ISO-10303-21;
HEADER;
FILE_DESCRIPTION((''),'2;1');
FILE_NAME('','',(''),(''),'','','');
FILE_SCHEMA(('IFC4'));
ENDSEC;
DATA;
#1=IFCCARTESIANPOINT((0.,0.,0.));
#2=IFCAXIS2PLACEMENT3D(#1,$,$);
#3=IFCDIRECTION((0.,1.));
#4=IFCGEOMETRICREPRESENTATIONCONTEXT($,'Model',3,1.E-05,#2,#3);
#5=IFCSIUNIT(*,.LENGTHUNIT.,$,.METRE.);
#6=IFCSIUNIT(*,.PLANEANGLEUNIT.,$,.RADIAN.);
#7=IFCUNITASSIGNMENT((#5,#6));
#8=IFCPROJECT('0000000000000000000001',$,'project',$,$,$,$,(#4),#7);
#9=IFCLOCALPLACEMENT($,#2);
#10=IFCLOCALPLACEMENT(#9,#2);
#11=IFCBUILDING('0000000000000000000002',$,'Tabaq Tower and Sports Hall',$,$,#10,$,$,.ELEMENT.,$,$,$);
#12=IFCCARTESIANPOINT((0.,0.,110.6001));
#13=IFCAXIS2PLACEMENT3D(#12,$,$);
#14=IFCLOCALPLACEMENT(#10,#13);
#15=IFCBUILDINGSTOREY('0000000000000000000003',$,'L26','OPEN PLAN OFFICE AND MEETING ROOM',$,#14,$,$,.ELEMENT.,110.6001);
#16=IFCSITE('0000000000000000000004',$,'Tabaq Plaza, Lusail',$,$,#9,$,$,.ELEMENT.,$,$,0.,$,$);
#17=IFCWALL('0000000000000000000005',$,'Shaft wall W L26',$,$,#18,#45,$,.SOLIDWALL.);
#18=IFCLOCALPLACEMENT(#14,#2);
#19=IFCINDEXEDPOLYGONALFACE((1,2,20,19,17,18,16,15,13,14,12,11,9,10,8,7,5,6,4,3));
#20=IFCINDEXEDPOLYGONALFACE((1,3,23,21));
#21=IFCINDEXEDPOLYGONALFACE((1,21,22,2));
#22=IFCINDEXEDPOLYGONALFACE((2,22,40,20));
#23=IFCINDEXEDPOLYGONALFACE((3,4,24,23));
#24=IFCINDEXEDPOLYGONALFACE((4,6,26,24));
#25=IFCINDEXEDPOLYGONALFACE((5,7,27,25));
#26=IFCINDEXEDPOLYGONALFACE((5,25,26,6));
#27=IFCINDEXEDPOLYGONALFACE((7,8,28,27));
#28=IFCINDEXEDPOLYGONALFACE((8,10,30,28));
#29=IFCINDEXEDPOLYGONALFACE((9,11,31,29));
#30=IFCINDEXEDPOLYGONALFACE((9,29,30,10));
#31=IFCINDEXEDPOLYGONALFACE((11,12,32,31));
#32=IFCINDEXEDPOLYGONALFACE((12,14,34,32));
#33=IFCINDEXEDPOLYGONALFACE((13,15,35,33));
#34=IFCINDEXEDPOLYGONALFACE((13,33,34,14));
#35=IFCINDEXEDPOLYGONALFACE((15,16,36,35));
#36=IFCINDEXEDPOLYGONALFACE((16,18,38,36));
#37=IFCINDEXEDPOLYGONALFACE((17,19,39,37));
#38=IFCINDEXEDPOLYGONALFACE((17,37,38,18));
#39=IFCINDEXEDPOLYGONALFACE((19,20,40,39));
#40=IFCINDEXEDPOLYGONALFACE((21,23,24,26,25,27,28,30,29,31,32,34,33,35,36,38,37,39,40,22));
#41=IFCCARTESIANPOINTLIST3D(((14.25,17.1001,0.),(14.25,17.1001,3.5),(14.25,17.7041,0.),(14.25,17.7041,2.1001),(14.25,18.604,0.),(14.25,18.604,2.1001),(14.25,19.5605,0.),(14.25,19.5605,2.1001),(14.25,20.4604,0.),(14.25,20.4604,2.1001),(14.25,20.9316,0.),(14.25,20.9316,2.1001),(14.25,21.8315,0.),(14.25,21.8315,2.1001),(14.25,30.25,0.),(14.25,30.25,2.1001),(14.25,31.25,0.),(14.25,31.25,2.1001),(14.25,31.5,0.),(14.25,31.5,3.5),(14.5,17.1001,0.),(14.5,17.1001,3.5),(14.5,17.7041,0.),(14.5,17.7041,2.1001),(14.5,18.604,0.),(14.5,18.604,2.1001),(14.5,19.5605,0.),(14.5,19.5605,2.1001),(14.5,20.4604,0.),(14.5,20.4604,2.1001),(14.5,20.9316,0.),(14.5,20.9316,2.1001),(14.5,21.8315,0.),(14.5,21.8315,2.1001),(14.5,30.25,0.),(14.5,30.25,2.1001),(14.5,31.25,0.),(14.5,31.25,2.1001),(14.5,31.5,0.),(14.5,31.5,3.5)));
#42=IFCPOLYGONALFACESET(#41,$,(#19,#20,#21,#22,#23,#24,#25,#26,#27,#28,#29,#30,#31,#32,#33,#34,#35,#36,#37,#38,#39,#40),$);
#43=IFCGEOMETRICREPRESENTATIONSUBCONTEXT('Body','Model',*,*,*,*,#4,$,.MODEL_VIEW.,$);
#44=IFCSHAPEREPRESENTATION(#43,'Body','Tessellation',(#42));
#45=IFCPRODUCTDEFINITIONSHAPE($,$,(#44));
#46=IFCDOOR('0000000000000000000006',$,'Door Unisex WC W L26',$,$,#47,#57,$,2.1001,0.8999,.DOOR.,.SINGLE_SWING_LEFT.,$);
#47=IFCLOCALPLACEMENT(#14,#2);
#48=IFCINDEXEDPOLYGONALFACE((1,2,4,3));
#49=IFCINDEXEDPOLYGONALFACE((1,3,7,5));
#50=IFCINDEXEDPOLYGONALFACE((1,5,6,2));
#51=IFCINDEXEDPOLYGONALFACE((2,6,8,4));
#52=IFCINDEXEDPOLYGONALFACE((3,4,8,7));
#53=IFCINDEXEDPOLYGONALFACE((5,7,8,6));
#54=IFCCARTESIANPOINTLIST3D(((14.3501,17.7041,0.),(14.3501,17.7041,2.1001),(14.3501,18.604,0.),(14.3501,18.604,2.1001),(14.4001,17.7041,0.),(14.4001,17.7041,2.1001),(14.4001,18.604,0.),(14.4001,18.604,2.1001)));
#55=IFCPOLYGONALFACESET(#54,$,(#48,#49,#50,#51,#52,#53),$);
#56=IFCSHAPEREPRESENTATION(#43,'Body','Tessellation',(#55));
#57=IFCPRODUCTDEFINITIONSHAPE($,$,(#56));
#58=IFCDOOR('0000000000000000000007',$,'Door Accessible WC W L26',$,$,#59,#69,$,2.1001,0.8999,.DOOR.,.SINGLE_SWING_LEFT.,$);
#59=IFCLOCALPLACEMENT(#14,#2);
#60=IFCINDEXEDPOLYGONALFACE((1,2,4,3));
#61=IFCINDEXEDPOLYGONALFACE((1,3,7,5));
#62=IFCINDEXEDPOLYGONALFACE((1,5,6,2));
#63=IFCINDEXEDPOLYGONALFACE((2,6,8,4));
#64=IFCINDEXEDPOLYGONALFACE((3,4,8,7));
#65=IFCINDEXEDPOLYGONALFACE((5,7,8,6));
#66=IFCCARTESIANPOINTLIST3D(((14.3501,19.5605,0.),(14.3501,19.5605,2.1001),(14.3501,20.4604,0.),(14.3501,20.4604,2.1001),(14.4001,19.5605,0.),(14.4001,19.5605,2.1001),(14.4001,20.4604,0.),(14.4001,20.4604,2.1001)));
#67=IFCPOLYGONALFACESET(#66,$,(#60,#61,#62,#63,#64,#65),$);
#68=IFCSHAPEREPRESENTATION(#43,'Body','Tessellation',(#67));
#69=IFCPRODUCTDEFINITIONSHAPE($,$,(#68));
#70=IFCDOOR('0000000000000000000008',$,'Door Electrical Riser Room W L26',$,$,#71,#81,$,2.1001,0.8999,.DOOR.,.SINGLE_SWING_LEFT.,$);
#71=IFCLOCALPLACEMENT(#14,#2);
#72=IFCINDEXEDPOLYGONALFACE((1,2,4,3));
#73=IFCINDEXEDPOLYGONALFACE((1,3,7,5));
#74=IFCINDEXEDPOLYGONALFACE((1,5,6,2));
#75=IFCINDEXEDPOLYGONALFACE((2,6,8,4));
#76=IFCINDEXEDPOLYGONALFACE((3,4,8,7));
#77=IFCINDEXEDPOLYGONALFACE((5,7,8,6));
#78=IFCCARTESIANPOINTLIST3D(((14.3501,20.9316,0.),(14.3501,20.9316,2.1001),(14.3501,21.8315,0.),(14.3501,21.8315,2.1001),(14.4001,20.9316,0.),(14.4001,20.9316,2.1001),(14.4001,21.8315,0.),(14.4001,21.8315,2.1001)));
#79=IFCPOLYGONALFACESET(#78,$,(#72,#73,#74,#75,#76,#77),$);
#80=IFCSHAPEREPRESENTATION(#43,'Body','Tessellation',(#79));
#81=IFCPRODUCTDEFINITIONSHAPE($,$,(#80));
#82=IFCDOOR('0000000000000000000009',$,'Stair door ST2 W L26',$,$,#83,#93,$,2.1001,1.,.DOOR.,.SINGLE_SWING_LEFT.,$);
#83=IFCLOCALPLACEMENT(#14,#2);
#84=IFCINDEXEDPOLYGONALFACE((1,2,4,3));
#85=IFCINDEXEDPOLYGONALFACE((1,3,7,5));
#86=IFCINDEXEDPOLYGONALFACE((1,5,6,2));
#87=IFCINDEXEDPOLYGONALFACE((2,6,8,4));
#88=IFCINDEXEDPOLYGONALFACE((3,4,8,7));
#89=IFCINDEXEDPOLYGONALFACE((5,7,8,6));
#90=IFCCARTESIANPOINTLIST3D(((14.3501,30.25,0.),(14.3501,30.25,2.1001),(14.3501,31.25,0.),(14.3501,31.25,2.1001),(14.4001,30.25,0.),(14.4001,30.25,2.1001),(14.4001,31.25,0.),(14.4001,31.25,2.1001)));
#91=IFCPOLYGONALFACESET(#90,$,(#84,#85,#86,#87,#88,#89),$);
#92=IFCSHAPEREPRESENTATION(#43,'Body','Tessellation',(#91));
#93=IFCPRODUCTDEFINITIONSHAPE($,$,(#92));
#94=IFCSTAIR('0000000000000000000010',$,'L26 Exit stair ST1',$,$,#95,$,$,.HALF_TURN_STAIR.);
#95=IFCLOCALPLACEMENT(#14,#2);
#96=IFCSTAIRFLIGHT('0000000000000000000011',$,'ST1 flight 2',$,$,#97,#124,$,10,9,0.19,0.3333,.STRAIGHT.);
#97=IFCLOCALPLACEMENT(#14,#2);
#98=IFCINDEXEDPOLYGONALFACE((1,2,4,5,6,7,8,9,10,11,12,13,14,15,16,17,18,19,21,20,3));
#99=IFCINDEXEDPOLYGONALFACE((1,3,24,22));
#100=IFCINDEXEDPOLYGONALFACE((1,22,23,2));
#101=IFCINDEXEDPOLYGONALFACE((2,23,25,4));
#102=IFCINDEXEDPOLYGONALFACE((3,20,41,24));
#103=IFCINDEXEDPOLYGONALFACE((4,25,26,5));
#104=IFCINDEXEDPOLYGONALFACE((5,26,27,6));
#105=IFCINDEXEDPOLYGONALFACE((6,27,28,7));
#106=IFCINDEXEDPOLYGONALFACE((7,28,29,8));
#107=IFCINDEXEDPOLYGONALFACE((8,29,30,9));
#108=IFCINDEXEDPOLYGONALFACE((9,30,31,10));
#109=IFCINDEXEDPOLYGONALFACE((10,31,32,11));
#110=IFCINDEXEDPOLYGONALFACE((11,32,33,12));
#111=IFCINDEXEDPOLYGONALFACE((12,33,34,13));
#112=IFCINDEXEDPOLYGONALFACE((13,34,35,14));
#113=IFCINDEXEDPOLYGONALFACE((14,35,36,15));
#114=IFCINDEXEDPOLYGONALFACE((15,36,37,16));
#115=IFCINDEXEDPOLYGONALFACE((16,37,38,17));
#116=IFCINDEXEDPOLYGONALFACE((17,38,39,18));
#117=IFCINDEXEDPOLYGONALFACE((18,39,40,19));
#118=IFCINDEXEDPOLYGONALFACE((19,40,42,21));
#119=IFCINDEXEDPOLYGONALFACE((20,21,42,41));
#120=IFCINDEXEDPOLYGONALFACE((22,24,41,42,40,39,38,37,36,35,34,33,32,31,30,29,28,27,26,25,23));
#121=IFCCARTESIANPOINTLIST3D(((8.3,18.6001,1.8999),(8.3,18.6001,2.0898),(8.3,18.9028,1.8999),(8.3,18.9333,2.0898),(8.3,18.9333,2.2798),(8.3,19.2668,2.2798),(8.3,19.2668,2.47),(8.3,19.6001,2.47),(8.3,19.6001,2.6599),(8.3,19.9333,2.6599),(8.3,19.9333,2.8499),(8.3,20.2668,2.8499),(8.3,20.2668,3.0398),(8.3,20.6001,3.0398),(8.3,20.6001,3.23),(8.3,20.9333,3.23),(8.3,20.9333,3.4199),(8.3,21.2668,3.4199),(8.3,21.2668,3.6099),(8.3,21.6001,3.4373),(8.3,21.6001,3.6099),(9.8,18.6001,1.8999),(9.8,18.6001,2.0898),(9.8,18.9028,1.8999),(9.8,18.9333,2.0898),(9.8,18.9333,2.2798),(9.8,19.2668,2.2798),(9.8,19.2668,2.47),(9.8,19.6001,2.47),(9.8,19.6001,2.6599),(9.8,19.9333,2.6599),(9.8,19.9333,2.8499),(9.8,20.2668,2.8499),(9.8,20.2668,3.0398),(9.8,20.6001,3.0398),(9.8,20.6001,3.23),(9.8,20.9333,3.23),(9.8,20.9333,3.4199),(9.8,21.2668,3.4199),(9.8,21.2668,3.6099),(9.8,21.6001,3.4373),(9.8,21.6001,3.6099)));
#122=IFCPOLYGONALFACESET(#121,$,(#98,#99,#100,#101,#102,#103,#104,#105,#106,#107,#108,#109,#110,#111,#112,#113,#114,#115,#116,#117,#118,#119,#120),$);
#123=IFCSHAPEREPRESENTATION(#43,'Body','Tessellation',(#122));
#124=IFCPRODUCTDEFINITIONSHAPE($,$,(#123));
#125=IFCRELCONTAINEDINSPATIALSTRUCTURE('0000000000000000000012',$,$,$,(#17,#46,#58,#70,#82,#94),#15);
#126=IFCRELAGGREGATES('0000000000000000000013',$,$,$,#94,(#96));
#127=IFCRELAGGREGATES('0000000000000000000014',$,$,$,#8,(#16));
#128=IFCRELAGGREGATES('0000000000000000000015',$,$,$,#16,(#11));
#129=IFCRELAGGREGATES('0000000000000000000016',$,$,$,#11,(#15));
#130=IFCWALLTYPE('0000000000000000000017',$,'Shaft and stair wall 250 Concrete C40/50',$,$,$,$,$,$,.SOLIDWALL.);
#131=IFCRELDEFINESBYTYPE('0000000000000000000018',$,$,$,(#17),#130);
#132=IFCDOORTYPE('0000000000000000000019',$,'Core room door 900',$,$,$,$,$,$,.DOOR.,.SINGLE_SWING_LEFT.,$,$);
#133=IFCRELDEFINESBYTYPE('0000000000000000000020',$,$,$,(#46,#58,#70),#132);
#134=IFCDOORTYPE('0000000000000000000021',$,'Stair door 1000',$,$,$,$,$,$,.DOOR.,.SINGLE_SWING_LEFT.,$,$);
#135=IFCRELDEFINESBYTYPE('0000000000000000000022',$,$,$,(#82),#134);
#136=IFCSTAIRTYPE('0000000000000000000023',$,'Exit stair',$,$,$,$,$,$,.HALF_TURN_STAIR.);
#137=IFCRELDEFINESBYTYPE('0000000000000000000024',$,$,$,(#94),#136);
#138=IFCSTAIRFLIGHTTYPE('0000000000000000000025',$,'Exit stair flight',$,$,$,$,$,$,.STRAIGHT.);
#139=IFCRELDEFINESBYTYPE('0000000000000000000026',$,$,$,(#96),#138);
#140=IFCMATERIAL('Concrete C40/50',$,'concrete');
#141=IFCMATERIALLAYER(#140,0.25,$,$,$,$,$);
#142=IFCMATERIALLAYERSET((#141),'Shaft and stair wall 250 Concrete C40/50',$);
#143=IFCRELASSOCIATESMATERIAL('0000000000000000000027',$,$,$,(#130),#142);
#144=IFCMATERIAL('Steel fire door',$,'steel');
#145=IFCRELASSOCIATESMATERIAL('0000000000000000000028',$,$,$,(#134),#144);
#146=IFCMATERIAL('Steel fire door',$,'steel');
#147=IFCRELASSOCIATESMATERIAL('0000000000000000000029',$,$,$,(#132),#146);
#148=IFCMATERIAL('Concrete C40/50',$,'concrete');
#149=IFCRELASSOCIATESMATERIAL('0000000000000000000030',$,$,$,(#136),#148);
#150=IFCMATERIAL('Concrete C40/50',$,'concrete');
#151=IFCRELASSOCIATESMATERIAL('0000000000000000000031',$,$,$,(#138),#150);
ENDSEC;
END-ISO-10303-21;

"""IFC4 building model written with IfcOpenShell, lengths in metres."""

from ifc_helpers import new_model, si_unit, direction, frame, frame_2d, origin, place, context, subcontext, project, spatial, polyline, rectangle, outline, extrude, material, layer, layer_set, type_object, element, fill, aggregate, save


model = new_model("IFC4")

# Units and contexts
model_context = context("Model", 3, precision=1e-05, world=origin(), true_north=direction((0.0, 1.0)))
body_context = subcontext(model_context, "Body", "Model", "MODEL_VIEW")
ifc_project = project(units=[si_unit("LENGTHUNIT", "METRE"), si_unit("PLANEANGLEUNIT", "RADIAN")], contexts=[model_context])

# Site, building, storey
site_placement = place(None, origin())
site = spatial("IfcSite", under=ifc_project, at=site_placement, Name="Tabaq Plaza, Lusail", CompositionType="ELEMENT", RefElevation=0.0)
building_placement = place(site_placement, origin())
building = spatial("IfcBuilding", under=site, at=building_placement, Name="Tabaq Tower and Sports Hall", CompositionType="ELEMENT")
storey_placement = place(building_placement, frame((0.0, 0.0, 110.6001)))
storey = spatial("IfcBuildingStorey", under=building, at=storey_placement, Name="L26", Description="OPEN PLAN OFFICE AND MEETING ROOM", CompositionType="ELEMENT", Elevation=110.6001)

# Wall, openings, doors
ifc_material_1 = material(Name="Concrete C40/50", Category="concrete")
ifc_layer_1 = layer(ifc_material_1, 0.25)
ifc_layer_set_1 = layer_set([ifc_layer_1], Name="Shaft and stair wall 250 Concrete C40/50")
wall_type_1 = type_object("IfcWallType", Name="Shaft and stair wall 250 Concrete C40/50", PredefinedType="SOLIDWALL", material=ifc_layer_set_1)
ifc_material_2 = material(Name="Steel fire door", Category="steel")
door_type_1 = type_object("IfcDoorType", Name="Stair door 1000", OperationType="SINGLE_SWING_LEFT", PredefinedType="DOOR", material=ifc_material_2)
wall_1_placement = place(storey_placement, frame((14.375, 17.1001, 0.0), z_axis=(0.0, 0.0, 1.0), x_axis=(0.0, 1.0, 0.0)))
wall_1 = element("IfcWall", 1, at=wall_1_placement, inside=storey, type_object=wall_type_1, Name="Shaft wall W L26", PredefinedType="SOLIDWALL", context=body_context, shape_type="SweptSolid", body=[
    extrude(rectangle(XDim=14.3999, YDim=0.25, at=frame_2d((7.2, 0.0))), origin(), (0.0, 0.0, 1.0), 3.5),
])
opening_1_placement = place(wall_1_placement, frame((13.1499, 0.0, 0.0)))
opening_1 = element("IfcOpeningElement", 2, at=opening_1_placement, cuts=wall_1, PredefinedType="OPENING", context=body_context, shape_type="SweptSolid", body=[
    extrude(rectangle(XDim=1.0, YDim=2.1001, at=frame_2d((0.5, 1.05))), frame((0.0, 0.125, 0.0), z_axis=(0.0, -1.0, 0.0), x_axis=(1.0, 0.0, 0.0)), (0.0, 0.0, 1.0), 0.25),
])
opening_2_placement = place(wall_1_placement, frame((0.604, 0.0, 0.0)))
opening_2 = element("IfcOpeningElement", 3, at=opening_2_placement, cuts=wall_1, PredefinedType="OPENING", context=body_context, shape_type="SweptSolid", body=[
    extrude(rectangle(XDim=0.8999, YDim=2.1001, at=frame_2d((0.45, 1.05))), frame((0.0, 0.125, 0.0), z_axis=(0.0, -1.0, 0.0), x_axis=(1.0, 0.0, 0.0)), (0.0, 0.0, 1.0), 0.25),
])
opening_3_placement = place(wall_1_placement, frame((2.4604, 0.0, 0.0)))
opening_3 = element("IfcOpeningElement", 4, at=opening_3_placement, cuts=wall_1, PredefinedType="OPENING", context=body_context, shape_type="SweptSolid", body=[
    extrude(rectangle(XDim=0.8999, YDim=2.1001, at=frame_2d((0.45, 1.05))), frame((0.0, 0.125, 0.0), z_axis=(0.0, -1.0, 0.0), x_axis=(1.0, 0.0, 0.0)), (0.0, 0.0, 1.0), 0.25),
])
opening_4_placement = place(wall_1_placement, frame((3.8315, 0.0, 0.0)))
opening_4 = element("IfcOpeningElement", 5, at=opening_4_placement, cuts=wall_1, PredefinedType="OPENING", context=body_context, shape_type="SweptSolid", body=[
    extrude(rectangle(XDim=0.8999, YDim=2.1001, at=frame_2d((0.45, 1.05))), frame((0.0, 0.125, 0.0), z_axis=(0.0, -1.0, 0.0), x_axis=(1.0, 0.0, 0.0)), (0.0, 0.0, 1.0), 0.25),
])
ifc_material_3 = material(Name="Steel fire door", Category="steel")
door_type_2 = type_object("IfcDoorType", Name="Core room door 900", OperationType="SINGLE_SWING_LEFT", PredefinedType="DOOR", material=ifc_material_3)
door_1_placement = place(opening_2_placement, origin())
door_1 = element("IfcDoor", 6, at=door_1_placement, inside=storey, type_object=door_type_2, Name="Door Unisex WC W L26", OperationType="SINGLE_SWING_LEFT", OverallHeight=2.1001, OverallWidth=0.8999, PredefinedType="DOOR", context=body_context, shape_type="SweptSolid", body=[
    extrude(rectangle(XDim=0.8999, YDim=2.1001, at=frame_2d((0.45, 1.05))), frame((0.0, 0.0249, 0.0), z_axis=(0.0, -1.0, 0.0), x_axis=(1.0, 0.0, 0.0)), (0.0, 0.0, 1.0), 0.05),
])
fill(opening_2, door_1)
door_2_placement = place(opening_3_placement, origin())
door_2 = element("IfcDoor", 7, at=door_2_placement, inside=storey, type_object=door_type_2, Name="Door Accessible WC W L26", OperationType="SINGLE_SWING_LEFT", OverallHeight=2.1001, OverallWidth=0.8999, PredefinedType="DOOR", context=body_context, shape_type="SweptSolid", body=[
    extrude(rectangle(XDim=0.8999, YDim=2.1001, at=frame_2d((0.45, 1.05))), frame((0.0, 0.0249, 0.0), z_axis=(0.0, -1.0, 0.0), x_axis=(1.0, 0.0, 0.0)), (0.0, 0.0, 1.0), 0.05),
])
fill(opening_3, door_2)
door_3_placement = place(opening_4_placement, origin())
door_3 = element("IfcDoor", 8, at=door_3_placement, inside=storey, type_object=door_type_2, Name="Door Electrical Riser Room W L26", OperationType="SINGLE_SWING_LEFT", OverallHeight=2.1001, OverallWidth=0.8999, PredefinedType="DOOR", context=body_context, shape_type="SweptSolid", body=[
    extrude(rectangle(XDim=0.8999, YDim=2.1001, at=frame_2d((0.45, 1.05))), frame((0.0, 0.0249, 0.0), z_axis=(0.0, -1.0, 0.0), x_axis=(1.0, 0.0, 0.0)), (0.0, 0.0, 1.0), 0.05),
])
fill(opening_4, door_3)
door_4_placement = place(opening_1_placement, origin())
door_4 = element("IfcDoor", 9, at=door_4_placement, inside=storey, type_object=door_type_1, Name="Stair door ST2 W L26", OperationType="SINGLE_SWING_LEFT", OverallHeight=2.1001, OverallWidth=1.0, PredefinedType="DOOR", context=body_context, shape_type="SweptSolid", body=[
    extrude(rectangle(XDim=1.0, YDim=2.1001, at=frame_2d((0.5, 1.05))), frame((0.0, 0.0249, 0.0), z_axis=(0.0, -1.0, 0.0), x_axis=(1.0, 0.0, 0.0)), (0.0, 0.0, 1.0), 0.05),
])
fill(opening_1, door_4)

# Stair, stair flight
ifc_material_4 = material(Name="Concrete C40/50", Category="concrete")
stair_type = type_object("IfcStairType", Name="Exit stair", PredefinedType="HALF_TURN_STAIR", material=ifc_material_4)
stair_placement = place(storey_placement, origin())
stair = element("IfcStair", 10, at=stair_placement, inside=storey, type_object=stair_type, Name="L26 Exit stair ST1", PredefinedType="HALF_TURN_STAIR")
ifc_material_5 = material(Name="Concrete C40/50", Category="concrete")
stair_flight_type = type_object("IfcStairFlightType", Name="Exit stair flight", PredefinedType="STRAIGHT", material=ifc_material_5)
stair_flight_placement = place(storey_placement, frame((9.05, 18.6001, 1.8999), z_axis=(0.0, 0.0, 1.0), x_axis=(0.0, 1.0, 0.0)))
stair_flight = element("IfcStairFlight", 11, at=stair_flight_placement, type_object=stair_flight_type, Name="ST1 flight 2", NumberOfRisers=10, NumberOfTreads=9, PredefinedType="STRAIGHT", RiserHeight=0.19, TreadLength=0.3333, context=body_context, shape_type="SweptSolid", body=[
    extrude(outline(polyline([(0.0, 0.0), (0.0, 0.1899), (0.3333, 0.1899), (0.3333, 0.3799), (0.6667, 0.3799), (0.6667, 0.5701), (1.0, 0.5701), (1.0, 0.76), (1.3333, 0.76), (1.3333, 0.95), (1.6667, 0.95), (1.6667, 1.1399), (2.0, 1.1399), (2.0, 1.3301), (2.3333, 1.3301), (2.3333, 1.52), (2.6667, 1.52), (2.6667, 1.71), (3.0, 1.71), (3.0, 1.8999), (3.0, 1.5374), (0.3027, 0.0), (0.0, 0.0)])), frame((0.0, 0.75, 0.0), z_axis=(0.0, -1.0, 0.0), x_axis=(1.0, 0.0, 0.0)), (0.0, 0.0, 1.0), 1.5),
])
aggregate(stair, [stair_flight])

save(model, "model.ifc")
